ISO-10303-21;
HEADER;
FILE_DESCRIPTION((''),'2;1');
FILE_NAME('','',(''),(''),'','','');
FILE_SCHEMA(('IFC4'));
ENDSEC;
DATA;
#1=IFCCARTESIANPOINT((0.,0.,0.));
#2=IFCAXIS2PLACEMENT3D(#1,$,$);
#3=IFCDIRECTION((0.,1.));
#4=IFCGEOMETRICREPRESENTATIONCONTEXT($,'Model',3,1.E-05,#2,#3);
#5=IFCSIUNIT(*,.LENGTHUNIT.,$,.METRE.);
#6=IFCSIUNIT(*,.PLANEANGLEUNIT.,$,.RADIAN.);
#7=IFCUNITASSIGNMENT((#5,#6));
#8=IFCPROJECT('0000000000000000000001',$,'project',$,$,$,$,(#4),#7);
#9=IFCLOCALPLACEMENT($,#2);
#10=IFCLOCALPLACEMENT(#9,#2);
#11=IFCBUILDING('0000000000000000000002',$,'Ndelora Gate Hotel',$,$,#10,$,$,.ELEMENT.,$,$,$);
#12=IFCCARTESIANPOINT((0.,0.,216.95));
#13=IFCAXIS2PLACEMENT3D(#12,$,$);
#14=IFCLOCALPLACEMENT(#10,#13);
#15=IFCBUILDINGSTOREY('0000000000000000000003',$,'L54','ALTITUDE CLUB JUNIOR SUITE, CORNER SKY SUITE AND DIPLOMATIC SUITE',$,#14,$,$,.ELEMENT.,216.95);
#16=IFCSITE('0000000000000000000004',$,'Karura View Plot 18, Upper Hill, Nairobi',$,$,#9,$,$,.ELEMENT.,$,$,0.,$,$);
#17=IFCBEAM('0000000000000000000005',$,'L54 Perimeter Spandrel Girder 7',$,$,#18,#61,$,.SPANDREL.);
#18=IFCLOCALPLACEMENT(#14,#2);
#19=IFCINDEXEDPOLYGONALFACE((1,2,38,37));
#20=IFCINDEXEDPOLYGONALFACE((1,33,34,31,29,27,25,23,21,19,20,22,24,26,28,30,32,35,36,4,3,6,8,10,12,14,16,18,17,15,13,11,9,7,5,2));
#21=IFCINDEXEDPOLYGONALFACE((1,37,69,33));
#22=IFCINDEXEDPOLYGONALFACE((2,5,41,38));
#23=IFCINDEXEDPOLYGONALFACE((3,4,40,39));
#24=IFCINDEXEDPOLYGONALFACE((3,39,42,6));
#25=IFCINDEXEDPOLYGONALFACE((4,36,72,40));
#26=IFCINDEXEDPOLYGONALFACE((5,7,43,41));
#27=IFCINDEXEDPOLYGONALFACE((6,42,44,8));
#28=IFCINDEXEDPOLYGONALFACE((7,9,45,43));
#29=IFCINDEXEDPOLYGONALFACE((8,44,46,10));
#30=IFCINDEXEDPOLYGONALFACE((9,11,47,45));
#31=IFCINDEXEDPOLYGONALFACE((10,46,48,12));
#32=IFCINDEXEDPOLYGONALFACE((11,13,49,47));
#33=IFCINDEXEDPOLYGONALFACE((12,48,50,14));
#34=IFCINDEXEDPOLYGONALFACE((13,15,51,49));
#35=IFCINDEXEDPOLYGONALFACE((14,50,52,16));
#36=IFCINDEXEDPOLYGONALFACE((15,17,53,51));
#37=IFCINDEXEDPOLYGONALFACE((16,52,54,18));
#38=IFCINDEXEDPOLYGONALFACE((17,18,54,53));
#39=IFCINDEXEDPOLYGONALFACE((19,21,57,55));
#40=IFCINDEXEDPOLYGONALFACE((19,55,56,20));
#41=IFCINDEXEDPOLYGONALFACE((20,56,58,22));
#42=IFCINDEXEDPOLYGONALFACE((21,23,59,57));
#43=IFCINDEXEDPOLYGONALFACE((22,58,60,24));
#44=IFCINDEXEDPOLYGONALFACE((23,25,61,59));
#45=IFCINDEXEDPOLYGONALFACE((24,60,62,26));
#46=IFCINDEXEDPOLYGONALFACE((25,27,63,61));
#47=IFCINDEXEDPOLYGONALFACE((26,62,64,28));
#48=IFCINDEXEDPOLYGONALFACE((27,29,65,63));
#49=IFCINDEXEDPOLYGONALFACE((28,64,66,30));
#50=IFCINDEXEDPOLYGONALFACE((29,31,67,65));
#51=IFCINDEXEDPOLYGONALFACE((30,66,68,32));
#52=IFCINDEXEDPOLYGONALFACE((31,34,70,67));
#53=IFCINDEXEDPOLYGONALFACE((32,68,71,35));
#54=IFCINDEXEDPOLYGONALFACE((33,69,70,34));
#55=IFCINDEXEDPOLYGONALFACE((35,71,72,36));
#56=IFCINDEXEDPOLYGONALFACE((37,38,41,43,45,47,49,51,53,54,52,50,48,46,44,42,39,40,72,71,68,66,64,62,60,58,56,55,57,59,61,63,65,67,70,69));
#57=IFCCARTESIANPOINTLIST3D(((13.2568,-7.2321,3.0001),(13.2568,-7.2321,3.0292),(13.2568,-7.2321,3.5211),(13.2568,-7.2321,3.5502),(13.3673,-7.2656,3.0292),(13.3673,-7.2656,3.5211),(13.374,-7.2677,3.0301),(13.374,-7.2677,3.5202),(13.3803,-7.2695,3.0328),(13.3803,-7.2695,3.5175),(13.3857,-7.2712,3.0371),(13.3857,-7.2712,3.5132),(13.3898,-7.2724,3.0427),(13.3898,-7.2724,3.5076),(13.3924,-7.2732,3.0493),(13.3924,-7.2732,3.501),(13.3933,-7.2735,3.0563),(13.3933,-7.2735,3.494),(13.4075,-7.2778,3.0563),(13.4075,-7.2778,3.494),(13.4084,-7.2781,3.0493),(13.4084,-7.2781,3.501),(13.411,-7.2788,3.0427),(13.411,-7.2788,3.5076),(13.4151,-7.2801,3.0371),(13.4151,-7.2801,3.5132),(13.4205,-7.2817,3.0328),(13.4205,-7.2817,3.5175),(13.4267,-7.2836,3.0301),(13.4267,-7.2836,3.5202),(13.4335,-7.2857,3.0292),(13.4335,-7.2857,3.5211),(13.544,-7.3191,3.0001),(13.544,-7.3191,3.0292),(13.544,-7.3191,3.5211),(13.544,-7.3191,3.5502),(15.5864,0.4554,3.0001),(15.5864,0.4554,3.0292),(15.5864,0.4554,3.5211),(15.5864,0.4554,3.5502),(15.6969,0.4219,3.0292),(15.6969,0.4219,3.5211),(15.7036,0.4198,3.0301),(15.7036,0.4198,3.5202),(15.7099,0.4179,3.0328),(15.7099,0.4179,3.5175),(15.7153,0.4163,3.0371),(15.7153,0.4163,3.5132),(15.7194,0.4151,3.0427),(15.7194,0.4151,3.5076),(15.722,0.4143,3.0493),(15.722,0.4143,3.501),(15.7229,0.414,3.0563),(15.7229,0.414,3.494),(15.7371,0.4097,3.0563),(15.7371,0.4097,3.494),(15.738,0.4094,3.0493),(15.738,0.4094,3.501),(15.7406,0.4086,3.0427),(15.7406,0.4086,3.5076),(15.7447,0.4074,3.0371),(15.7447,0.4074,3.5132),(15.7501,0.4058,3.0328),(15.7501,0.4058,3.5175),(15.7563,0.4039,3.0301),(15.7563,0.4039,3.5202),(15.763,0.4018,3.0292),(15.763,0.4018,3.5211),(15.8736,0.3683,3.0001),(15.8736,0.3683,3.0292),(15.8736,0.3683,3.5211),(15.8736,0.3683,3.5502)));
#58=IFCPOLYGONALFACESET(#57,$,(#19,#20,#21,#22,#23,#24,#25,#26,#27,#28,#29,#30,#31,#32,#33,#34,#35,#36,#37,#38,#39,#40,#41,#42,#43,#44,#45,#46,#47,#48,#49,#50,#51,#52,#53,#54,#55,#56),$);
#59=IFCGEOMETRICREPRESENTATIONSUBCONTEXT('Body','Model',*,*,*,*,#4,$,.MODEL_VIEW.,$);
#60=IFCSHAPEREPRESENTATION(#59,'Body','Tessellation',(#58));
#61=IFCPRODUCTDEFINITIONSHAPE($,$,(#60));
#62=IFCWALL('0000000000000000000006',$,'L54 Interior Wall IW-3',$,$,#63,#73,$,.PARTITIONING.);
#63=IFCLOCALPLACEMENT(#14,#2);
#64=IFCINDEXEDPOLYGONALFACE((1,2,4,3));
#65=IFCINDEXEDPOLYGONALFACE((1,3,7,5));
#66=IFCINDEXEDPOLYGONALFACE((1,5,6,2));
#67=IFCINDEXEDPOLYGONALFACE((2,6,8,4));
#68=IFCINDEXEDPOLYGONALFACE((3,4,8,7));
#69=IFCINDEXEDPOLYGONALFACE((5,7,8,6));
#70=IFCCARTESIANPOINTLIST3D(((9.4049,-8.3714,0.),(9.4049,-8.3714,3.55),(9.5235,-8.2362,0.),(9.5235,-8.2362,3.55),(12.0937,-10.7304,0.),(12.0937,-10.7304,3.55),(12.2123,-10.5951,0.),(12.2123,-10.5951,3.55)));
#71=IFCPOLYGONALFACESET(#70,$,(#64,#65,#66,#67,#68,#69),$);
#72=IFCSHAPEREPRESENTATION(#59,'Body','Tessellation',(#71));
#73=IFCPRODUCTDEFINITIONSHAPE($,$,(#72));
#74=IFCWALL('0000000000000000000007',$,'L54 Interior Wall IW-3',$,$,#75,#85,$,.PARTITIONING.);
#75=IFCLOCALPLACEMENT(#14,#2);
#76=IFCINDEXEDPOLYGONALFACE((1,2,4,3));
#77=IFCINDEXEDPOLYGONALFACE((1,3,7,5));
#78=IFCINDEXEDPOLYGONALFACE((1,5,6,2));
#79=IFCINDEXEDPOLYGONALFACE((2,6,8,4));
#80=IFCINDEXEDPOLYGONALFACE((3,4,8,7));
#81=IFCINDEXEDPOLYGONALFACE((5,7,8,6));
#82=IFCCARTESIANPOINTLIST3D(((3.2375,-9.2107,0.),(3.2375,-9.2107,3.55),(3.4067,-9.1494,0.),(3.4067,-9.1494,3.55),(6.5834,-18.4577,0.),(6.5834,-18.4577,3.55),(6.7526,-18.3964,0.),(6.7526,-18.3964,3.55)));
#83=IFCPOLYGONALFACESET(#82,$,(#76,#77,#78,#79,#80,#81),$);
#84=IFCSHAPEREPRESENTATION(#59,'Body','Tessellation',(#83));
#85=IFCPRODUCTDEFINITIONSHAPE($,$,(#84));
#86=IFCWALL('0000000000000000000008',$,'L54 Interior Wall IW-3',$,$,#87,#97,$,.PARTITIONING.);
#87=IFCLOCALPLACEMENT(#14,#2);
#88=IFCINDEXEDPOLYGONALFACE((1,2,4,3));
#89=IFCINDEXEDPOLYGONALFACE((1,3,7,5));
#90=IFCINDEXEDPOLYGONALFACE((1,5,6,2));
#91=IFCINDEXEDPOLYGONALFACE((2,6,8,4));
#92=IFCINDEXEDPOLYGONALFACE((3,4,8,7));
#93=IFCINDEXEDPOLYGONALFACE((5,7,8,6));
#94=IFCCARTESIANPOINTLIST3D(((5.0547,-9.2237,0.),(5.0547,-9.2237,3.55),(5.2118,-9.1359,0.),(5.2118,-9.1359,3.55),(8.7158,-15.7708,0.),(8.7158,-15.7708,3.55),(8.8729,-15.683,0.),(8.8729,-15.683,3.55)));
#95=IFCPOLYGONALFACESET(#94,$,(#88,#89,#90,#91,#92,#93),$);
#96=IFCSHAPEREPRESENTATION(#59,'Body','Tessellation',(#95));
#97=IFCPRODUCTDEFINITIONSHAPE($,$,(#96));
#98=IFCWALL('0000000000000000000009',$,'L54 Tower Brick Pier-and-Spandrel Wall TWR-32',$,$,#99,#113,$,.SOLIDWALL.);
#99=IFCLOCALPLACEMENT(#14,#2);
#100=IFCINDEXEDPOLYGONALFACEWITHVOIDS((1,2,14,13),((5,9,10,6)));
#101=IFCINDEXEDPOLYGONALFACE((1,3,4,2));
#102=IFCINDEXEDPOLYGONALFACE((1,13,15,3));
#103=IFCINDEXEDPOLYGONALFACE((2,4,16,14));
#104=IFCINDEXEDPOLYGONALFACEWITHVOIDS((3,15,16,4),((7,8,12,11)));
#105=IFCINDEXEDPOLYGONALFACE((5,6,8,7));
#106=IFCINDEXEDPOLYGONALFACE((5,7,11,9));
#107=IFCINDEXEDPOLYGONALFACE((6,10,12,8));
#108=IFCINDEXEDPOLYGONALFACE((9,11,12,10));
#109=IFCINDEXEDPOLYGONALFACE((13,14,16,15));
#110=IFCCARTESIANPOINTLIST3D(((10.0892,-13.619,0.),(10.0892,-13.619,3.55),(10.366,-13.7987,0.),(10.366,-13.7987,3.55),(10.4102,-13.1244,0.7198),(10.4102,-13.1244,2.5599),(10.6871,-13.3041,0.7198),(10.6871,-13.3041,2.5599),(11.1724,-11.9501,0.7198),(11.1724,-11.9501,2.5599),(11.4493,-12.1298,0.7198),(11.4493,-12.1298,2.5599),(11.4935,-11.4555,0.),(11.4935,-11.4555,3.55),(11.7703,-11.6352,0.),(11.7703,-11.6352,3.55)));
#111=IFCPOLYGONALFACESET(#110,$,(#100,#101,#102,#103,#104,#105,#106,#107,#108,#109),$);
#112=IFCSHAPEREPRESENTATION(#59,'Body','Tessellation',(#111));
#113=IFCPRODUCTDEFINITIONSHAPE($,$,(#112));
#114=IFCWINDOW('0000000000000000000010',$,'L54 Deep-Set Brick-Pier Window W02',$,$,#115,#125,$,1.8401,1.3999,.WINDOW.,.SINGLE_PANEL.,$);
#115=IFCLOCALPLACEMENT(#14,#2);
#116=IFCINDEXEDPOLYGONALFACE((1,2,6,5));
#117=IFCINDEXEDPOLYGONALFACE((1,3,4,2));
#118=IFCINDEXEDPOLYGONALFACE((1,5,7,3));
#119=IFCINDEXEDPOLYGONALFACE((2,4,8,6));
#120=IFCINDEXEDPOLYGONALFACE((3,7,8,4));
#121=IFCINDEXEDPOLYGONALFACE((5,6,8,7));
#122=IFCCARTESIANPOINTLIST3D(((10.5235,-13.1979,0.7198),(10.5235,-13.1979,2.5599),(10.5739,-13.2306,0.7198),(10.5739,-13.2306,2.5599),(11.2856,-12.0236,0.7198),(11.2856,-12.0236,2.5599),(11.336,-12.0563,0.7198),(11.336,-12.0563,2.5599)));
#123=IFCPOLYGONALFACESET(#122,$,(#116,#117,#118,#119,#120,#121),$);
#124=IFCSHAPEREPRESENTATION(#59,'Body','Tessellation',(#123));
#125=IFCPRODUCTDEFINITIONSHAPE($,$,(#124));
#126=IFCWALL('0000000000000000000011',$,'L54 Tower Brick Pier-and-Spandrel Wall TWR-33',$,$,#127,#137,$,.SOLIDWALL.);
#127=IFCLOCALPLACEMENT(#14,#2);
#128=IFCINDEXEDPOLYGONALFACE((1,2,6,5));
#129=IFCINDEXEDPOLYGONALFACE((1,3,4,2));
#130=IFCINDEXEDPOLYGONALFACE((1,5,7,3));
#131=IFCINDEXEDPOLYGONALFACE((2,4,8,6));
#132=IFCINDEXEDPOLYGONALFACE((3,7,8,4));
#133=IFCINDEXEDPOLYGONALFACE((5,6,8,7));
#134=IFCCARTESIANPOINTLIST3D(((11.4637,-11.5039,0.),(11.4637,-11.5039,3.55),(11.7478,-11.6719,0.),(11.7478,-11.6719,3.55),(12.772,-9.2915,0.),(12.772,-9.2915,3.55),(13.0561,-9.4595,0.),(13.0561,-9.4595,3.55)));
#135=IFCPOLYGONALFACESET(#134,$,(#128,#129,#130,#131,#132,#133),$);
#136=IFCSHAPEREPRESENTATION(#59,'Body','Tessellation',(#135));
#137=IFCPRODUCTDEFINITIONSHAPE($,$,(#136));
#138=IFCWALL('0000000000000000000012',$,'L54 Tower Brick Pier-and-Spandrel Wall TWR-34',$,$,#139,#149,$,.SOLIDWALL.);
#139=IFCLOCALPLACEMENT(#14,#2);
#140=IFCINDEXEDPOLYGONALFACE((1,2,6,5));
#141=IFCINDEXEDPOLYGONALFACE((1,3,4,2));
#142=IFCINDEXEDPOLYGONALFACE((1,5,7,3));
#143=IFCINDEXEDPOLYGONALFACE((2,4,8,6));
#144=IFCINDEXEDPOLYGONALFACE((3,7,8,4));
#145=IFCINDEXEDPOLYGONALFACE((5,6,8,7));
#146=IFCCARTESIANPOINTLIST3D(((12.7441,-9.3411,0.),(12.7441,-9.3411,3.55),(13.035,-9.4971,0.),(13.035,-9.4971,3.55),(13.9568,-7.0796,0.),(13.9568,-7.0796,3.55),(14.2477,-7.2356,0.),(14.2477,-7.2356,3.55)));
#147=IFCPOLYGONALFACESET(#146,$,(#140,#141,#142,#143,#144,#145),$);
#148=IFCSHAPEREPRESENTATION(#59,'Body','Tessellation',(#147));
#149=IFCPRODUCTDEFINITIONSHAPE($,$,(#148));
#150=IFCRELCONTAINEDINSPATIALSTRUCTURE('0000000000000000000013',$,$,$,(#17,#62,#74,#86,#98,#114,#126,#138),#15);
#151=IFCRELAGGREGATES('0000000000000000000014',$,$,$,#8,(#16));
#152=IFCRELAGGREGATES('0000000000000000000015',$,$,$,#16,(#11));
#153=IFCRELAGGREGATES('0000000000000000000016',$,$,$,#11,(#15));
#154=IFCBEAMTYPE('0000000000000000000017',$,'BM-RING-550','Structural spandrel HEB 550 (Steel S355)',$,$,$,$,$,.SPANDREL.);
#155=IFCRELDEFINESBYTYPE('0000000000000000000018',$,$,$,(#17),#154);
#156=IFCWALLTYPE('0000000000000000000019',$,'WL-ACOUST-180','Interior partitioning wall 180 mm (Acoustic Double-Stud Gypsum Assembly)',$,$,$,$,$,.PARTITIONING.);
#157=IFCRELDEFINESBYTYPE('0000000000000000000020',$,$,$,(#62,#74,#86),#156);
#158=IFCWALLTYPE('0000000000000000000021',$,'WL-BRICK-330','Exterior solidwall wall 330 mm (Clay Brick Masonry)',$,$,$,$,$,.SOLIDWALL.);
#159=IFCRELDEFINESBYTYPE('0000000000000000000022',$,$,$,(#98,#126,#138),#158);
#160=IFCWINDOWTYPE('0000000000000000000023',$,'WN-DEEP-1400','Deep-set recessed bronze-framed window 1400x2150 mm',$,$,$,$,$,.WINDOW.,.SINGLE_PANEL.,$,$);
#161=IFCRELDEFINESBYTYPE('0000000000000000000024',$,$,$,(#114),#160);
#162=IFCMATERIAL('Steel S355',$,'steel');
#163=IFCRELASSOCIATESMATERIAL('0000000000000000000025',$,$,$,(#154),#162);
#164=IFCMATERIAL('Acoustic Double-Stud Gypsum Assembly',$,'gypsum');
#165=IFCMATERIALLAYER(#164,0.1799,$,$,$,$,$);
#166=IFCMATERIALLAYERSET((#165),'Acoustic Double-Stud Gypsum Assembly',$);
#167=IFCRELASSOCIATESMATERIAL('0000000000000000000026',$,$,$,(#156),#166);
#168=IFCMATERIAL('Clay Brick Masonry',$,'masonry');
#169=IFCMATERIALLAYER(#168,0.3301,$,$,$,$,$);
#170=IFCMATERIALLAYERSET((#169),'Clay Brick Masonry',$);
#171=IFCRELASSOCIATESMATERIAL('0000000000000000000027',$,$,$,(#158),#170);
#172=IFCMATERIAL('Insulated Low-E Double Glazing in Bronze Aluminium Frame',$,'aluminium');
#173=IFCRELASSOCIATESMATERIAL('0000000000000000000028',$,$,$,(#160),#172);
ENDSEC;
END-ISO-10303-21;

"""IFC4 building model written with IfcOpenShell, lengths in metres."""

from ifc_helpers import new_model, si_unit, direction, frame, frame_2d, origin, origin_2d, place, context, subcontext, project, spatial, rectangle, i_section, extrude, material, layer, layer_set, material_profile, profile_set, type_object, element, fill, save


model = new_model("IFC4")

# Units and contexts
model_context = context("Model", 3, precision=1e-05, world=origin(), true_north=direction((0.0, 1.0)))
body_context = subcontext(model_context, "Body", "Model", "MODEL_VIEW")
ifc_project = project(units=[si_unit("LENGTHUNIT", "METRE"), si_unit("PLANEANGLEUNIT", "RADIAN")], contexts=[model_context])

# Site, building, storey
site_placement = place(None, origin())
site = spatial("IfcSite", under=ifc_project, at=site_placement, Name="Karura View Plot 18, Upper Hill, Nairobi", CompositionType="ELEMENT", RefElevation=0.0)
building_placement = place(site_placement, origin())
building = spatial("IfcBuilding", under=site, at=building_placement, Name="Ndelora Gate Hotel", CompositionType="ELEMENT")
storey_placement = place(building_placement, frame((0.0, 0.0, 216.95)))
storey = spatial("IfcBuildingStorey", under=building, at=storey_placement, Name="L54", Description="ALTITUDE CLUB JUNIOR SUITE, CORNER SKY SUITE AND DIPLOMATIC SUITE", CompositionType="ELEMENT", Elevation=216.95)

# Beam
ifc_material_1 = material(Name="Steel S355", Category="steel")
ifc_material_profile_1 = material_profile(ifc_material_1, i_section(OverallWidth=0.3, OverallDepth=0.55, WebThickness=0.0149, FlangeThickness=0.0291, FilletRadius=0.0271, at=origin_2d()), Name="HEB 550")
ifc_profile_set_1 = profile_set([ifc_material_profile_1], Name="Steel S355")
beam_type_1 = type_object("IfcBeamType", Name="BM-RING-550", Description="Structural spandrel HEB 550 (Steel S355)", PredefinedType="SPANDREL", material=ifc_profile_set_1)
beam_1_placement = place(storey_placement, frame((13.4004, -7.2756, 3.2751), z_axis=(0.290012, 0.957023, 0.0), x_axis=(-0.957023, 0.290012, 0.0)))
element("IfcBeam", 1, at=beam_1_placement, inside=storey, type_object=beam_type_1, Name="L54 Perimeter Spandrel Girder 7", PredefinedType="SPANDREL", context=body_context, shape_type="SweptSolid", body=[
    extrude(i_section(OverallWidth=0.3, OverallDepth=0.55, WebThickness=0.0149, FlangeThickness=0.0291, FilletRadius=0.0271, at=origin_2d()), origin(), (0.0, 0.0, 1.0), 8.0327),
])

# Walls
ifc_material_2 = material(Name="Acoustic Double-Stud Gypsum Assembly", Category="gypsum")
ifc_layer_1 = layer(ifc_material_2, 0.1799)
ifc_layer_set_1 = layer_set([ifc_layer_1], Name="Acoustic Double-Stud Gypsum Assembly")
wall_type_1 = type_object("IfcWallType", Name="WL-ACOUST-180", Description="Interior partitioning wall 180 mm (Acoustic Double-Stud Gypsum Assembly)", PredefinedType="PARTITIONING", material=ifc_layer_set_1)
wall_1_placement = place(storey_placement, frame((9.4641, -8.3037, 0.0), z_axis=(0.0, 0.0, 1.0), x_axis=(0.751709, -0.659495, 0.0)))
element("IfcWall", 2, at=wall_1_placement, inside=storey, type_object=wall_type_1, Name="L54 Interior Wall IW-3", PredefinedType="PARTITIONING", context=body_context, shape_type="SweptSolid", body=[
    extrude(rectangle(XDim=3.5769, YDim=0.1799, at=frame_2d((1.7886, 0.0))), origin(), (0.0, 0.0, 1.0), 3.55),
])
wall_2_placement = place(storey_placement, frame((3.322, -9.1799, 0.0), z_axis=(0.0, 0.0, 1.0), x_axis=(0.34025, -0.940335, 0.0)))
element("IfcWall", 3, at=wall_2_placement, inside=storey, type_object=wall_type_1, Name="L54 Interior Wall IW-3", PredefinedType="PARTITIONING", context=body_context, shape_type="SweptSolid", body=[
    extrude(rectangle(XDim=9.8337, YDim=0.1799, at=frame_2d((4.917, 0.0))), origin(), (0.0, 0.0, 1.0), 3.55),
])
wall_3_placement = place(storey_placement, frame((5.1333, -9.1799, 0.0), z_axis=(0.0, 0.0, 1.0), x_axis=(0.48807, -0.872804, 0.0)))
element("IfcWall", 4, at=wall_3_placement, inside=storey, type_object=wall_type_1, Name="L54 Interior Wall IW-3", PredefinedType="PARTITIONING", context=body_context, shape_type="SweptSolid", body=[
    extrude(rectangle(XDim=7.5012, YDim=0.1799, at=frame_2d((3.7505, 0.0))), origin(), (0.0, 0.0, 1.0), 3.55),
])

# Wall, opening, window
ifc_material_3 = material(Name="Clay Brick Masonry", Category="masonry")
ifc_layer_2 = layer(ifc_material_3, 0.3301)
ifc_layer_set_2 = layer_set([ifc_layer_2], Name="Clay Brick Masonry")
wall_type_2 = type_object("IfcWallType", Name="WL-BRICK-330", Description="Exterior solidwall wall 330 mm (Clay Brick Masonry)", PredefinedType="SOLIDWALL", material=ifc_layer_set_2)
wall_4_placement = place(storey_placement, frame((11.6318, -11.5454, 0.0), z_axis=(0.0, 0.0, 1.0), x_axis=(-0.544436, -0.838802, 0.0)))
wall_4 = element("IfcWall", 5, at=wall_4_placement, inside=storey, type_object=wall_type_2, Name="L54 Tower Brick Pier-and-Spandrel Wall TWR-32", PredefinedType="SOLIDWALL", context=body_context, shape_type="SweptSolid", body=[
    extrude(rectangle(XDim=2.5793, YDim=0.3301, at=frame_2d((1.2896, 0.0))), origin(), (0.0, 0.0, 1.0), 3.55),
])
opening_1_placement = place(wall_4_placement, frame((0.5896, 0.0, 0.72)))
opening_1 = element("IfcOpeningElement", 6, at=opening_1_placement, cuts=wall_4, PredefinedType="OPENING", context=body_context, shape_type="SweptSolid", body=[
    extrude(rectangle(XDim=1.3999, YDim=1.8401, at=frame_2d((0.7, 0.9199))), frame((0.0, 0.175, 0.0), z_axis=(0.0, -1.0, 0.0), x_axis=(1.0, 0.0, 0.0)), (0.0, 0.0, 1.0), 0.3501),
])
ifc_material_4 = material(Name="Insulated Low-E Double Glazing in Bronze Aluminium Frame", Category="aluminium")
window_type = type_object("IfcWindowType", Name="WN-DEEP-1400", Description="Deep-set recessed bronze-framed window 1400x2150 mm", PartitioningType="SINGLE_PANEL", PredefinedType="WINDOW", material=ifc_material_4)
window_placement = place(opening_1_placement, origin())
window = element("IfcWindow", 7, at=window_placement, inside=storey, type_object=window_type, Name="L54 Deep-Set Brick-Pier Window W02", OverallHeight=1.8401, OverallWidth=1.3999, PartitioningType="SINGLE_PANEL", PredefinedType="WINDOW", context=body_context, shape_type="SweptSolid", body=[
    extrude(rectangle(XDim=1.3999, YDim=1.8401, at=frame_2d((0.7, 0.9199))), frame((0.0, 0.03, 0.0), z_axis=(0.0, -1.0, 0.0), x_axis=(1.0, 0.0, 0.0)), (0.0, 0.0, 1.0), 0.0601),
])
fill(opening_1, window)

# Walls
wall_5_placement = place(storey_placement, frame((12.9141, -9.3755, 0.0), z_axis=(0.0, 0.0, 1.0), x_axis=(-0.509024, -0.860753, 0.0)))
element("IfcWall", 8, at=wall_5_placement, inside=storey, type_object=wall_type_2, Name="L54 Tower Brick Pier-and-Spandrel Wall TWR-33", PredefinedType="SOLIDWALL", context=body_context, shape_type="SweptSolid", body=[
    extrude(rectangle(XDim=2.5703, YDim=0.3301, at=frame_2d((1.2852, 0.0))), origin(), (0.0, 0.0, 1.0), 3.55),
])
wall_6_placement = place(storey_placement, frame((14.1023, -7.1575, 0.0), z_axis=(0.0, 0.0, 1.0), x_axis=(-0.472567, -0.881295, 0.0)))
element("IfcWall", 9, at=wall_6_placement, inside=storey, type_object=wall_type_2, Name="L54 Tower Brick Pier-and-Spandrel Wall TWR-34", PredefinedType="SOLIDWALL", context=body_context, shape_type="SweptSolid", body=[
    extrude(rectangle(XDim=2.5662, YDim=0.3301, at=frame_2d((1.2832, 0.0))), origin(), (0.0, 0.0, 1.0), 3.55),
])

save(model, "model.ifc")
